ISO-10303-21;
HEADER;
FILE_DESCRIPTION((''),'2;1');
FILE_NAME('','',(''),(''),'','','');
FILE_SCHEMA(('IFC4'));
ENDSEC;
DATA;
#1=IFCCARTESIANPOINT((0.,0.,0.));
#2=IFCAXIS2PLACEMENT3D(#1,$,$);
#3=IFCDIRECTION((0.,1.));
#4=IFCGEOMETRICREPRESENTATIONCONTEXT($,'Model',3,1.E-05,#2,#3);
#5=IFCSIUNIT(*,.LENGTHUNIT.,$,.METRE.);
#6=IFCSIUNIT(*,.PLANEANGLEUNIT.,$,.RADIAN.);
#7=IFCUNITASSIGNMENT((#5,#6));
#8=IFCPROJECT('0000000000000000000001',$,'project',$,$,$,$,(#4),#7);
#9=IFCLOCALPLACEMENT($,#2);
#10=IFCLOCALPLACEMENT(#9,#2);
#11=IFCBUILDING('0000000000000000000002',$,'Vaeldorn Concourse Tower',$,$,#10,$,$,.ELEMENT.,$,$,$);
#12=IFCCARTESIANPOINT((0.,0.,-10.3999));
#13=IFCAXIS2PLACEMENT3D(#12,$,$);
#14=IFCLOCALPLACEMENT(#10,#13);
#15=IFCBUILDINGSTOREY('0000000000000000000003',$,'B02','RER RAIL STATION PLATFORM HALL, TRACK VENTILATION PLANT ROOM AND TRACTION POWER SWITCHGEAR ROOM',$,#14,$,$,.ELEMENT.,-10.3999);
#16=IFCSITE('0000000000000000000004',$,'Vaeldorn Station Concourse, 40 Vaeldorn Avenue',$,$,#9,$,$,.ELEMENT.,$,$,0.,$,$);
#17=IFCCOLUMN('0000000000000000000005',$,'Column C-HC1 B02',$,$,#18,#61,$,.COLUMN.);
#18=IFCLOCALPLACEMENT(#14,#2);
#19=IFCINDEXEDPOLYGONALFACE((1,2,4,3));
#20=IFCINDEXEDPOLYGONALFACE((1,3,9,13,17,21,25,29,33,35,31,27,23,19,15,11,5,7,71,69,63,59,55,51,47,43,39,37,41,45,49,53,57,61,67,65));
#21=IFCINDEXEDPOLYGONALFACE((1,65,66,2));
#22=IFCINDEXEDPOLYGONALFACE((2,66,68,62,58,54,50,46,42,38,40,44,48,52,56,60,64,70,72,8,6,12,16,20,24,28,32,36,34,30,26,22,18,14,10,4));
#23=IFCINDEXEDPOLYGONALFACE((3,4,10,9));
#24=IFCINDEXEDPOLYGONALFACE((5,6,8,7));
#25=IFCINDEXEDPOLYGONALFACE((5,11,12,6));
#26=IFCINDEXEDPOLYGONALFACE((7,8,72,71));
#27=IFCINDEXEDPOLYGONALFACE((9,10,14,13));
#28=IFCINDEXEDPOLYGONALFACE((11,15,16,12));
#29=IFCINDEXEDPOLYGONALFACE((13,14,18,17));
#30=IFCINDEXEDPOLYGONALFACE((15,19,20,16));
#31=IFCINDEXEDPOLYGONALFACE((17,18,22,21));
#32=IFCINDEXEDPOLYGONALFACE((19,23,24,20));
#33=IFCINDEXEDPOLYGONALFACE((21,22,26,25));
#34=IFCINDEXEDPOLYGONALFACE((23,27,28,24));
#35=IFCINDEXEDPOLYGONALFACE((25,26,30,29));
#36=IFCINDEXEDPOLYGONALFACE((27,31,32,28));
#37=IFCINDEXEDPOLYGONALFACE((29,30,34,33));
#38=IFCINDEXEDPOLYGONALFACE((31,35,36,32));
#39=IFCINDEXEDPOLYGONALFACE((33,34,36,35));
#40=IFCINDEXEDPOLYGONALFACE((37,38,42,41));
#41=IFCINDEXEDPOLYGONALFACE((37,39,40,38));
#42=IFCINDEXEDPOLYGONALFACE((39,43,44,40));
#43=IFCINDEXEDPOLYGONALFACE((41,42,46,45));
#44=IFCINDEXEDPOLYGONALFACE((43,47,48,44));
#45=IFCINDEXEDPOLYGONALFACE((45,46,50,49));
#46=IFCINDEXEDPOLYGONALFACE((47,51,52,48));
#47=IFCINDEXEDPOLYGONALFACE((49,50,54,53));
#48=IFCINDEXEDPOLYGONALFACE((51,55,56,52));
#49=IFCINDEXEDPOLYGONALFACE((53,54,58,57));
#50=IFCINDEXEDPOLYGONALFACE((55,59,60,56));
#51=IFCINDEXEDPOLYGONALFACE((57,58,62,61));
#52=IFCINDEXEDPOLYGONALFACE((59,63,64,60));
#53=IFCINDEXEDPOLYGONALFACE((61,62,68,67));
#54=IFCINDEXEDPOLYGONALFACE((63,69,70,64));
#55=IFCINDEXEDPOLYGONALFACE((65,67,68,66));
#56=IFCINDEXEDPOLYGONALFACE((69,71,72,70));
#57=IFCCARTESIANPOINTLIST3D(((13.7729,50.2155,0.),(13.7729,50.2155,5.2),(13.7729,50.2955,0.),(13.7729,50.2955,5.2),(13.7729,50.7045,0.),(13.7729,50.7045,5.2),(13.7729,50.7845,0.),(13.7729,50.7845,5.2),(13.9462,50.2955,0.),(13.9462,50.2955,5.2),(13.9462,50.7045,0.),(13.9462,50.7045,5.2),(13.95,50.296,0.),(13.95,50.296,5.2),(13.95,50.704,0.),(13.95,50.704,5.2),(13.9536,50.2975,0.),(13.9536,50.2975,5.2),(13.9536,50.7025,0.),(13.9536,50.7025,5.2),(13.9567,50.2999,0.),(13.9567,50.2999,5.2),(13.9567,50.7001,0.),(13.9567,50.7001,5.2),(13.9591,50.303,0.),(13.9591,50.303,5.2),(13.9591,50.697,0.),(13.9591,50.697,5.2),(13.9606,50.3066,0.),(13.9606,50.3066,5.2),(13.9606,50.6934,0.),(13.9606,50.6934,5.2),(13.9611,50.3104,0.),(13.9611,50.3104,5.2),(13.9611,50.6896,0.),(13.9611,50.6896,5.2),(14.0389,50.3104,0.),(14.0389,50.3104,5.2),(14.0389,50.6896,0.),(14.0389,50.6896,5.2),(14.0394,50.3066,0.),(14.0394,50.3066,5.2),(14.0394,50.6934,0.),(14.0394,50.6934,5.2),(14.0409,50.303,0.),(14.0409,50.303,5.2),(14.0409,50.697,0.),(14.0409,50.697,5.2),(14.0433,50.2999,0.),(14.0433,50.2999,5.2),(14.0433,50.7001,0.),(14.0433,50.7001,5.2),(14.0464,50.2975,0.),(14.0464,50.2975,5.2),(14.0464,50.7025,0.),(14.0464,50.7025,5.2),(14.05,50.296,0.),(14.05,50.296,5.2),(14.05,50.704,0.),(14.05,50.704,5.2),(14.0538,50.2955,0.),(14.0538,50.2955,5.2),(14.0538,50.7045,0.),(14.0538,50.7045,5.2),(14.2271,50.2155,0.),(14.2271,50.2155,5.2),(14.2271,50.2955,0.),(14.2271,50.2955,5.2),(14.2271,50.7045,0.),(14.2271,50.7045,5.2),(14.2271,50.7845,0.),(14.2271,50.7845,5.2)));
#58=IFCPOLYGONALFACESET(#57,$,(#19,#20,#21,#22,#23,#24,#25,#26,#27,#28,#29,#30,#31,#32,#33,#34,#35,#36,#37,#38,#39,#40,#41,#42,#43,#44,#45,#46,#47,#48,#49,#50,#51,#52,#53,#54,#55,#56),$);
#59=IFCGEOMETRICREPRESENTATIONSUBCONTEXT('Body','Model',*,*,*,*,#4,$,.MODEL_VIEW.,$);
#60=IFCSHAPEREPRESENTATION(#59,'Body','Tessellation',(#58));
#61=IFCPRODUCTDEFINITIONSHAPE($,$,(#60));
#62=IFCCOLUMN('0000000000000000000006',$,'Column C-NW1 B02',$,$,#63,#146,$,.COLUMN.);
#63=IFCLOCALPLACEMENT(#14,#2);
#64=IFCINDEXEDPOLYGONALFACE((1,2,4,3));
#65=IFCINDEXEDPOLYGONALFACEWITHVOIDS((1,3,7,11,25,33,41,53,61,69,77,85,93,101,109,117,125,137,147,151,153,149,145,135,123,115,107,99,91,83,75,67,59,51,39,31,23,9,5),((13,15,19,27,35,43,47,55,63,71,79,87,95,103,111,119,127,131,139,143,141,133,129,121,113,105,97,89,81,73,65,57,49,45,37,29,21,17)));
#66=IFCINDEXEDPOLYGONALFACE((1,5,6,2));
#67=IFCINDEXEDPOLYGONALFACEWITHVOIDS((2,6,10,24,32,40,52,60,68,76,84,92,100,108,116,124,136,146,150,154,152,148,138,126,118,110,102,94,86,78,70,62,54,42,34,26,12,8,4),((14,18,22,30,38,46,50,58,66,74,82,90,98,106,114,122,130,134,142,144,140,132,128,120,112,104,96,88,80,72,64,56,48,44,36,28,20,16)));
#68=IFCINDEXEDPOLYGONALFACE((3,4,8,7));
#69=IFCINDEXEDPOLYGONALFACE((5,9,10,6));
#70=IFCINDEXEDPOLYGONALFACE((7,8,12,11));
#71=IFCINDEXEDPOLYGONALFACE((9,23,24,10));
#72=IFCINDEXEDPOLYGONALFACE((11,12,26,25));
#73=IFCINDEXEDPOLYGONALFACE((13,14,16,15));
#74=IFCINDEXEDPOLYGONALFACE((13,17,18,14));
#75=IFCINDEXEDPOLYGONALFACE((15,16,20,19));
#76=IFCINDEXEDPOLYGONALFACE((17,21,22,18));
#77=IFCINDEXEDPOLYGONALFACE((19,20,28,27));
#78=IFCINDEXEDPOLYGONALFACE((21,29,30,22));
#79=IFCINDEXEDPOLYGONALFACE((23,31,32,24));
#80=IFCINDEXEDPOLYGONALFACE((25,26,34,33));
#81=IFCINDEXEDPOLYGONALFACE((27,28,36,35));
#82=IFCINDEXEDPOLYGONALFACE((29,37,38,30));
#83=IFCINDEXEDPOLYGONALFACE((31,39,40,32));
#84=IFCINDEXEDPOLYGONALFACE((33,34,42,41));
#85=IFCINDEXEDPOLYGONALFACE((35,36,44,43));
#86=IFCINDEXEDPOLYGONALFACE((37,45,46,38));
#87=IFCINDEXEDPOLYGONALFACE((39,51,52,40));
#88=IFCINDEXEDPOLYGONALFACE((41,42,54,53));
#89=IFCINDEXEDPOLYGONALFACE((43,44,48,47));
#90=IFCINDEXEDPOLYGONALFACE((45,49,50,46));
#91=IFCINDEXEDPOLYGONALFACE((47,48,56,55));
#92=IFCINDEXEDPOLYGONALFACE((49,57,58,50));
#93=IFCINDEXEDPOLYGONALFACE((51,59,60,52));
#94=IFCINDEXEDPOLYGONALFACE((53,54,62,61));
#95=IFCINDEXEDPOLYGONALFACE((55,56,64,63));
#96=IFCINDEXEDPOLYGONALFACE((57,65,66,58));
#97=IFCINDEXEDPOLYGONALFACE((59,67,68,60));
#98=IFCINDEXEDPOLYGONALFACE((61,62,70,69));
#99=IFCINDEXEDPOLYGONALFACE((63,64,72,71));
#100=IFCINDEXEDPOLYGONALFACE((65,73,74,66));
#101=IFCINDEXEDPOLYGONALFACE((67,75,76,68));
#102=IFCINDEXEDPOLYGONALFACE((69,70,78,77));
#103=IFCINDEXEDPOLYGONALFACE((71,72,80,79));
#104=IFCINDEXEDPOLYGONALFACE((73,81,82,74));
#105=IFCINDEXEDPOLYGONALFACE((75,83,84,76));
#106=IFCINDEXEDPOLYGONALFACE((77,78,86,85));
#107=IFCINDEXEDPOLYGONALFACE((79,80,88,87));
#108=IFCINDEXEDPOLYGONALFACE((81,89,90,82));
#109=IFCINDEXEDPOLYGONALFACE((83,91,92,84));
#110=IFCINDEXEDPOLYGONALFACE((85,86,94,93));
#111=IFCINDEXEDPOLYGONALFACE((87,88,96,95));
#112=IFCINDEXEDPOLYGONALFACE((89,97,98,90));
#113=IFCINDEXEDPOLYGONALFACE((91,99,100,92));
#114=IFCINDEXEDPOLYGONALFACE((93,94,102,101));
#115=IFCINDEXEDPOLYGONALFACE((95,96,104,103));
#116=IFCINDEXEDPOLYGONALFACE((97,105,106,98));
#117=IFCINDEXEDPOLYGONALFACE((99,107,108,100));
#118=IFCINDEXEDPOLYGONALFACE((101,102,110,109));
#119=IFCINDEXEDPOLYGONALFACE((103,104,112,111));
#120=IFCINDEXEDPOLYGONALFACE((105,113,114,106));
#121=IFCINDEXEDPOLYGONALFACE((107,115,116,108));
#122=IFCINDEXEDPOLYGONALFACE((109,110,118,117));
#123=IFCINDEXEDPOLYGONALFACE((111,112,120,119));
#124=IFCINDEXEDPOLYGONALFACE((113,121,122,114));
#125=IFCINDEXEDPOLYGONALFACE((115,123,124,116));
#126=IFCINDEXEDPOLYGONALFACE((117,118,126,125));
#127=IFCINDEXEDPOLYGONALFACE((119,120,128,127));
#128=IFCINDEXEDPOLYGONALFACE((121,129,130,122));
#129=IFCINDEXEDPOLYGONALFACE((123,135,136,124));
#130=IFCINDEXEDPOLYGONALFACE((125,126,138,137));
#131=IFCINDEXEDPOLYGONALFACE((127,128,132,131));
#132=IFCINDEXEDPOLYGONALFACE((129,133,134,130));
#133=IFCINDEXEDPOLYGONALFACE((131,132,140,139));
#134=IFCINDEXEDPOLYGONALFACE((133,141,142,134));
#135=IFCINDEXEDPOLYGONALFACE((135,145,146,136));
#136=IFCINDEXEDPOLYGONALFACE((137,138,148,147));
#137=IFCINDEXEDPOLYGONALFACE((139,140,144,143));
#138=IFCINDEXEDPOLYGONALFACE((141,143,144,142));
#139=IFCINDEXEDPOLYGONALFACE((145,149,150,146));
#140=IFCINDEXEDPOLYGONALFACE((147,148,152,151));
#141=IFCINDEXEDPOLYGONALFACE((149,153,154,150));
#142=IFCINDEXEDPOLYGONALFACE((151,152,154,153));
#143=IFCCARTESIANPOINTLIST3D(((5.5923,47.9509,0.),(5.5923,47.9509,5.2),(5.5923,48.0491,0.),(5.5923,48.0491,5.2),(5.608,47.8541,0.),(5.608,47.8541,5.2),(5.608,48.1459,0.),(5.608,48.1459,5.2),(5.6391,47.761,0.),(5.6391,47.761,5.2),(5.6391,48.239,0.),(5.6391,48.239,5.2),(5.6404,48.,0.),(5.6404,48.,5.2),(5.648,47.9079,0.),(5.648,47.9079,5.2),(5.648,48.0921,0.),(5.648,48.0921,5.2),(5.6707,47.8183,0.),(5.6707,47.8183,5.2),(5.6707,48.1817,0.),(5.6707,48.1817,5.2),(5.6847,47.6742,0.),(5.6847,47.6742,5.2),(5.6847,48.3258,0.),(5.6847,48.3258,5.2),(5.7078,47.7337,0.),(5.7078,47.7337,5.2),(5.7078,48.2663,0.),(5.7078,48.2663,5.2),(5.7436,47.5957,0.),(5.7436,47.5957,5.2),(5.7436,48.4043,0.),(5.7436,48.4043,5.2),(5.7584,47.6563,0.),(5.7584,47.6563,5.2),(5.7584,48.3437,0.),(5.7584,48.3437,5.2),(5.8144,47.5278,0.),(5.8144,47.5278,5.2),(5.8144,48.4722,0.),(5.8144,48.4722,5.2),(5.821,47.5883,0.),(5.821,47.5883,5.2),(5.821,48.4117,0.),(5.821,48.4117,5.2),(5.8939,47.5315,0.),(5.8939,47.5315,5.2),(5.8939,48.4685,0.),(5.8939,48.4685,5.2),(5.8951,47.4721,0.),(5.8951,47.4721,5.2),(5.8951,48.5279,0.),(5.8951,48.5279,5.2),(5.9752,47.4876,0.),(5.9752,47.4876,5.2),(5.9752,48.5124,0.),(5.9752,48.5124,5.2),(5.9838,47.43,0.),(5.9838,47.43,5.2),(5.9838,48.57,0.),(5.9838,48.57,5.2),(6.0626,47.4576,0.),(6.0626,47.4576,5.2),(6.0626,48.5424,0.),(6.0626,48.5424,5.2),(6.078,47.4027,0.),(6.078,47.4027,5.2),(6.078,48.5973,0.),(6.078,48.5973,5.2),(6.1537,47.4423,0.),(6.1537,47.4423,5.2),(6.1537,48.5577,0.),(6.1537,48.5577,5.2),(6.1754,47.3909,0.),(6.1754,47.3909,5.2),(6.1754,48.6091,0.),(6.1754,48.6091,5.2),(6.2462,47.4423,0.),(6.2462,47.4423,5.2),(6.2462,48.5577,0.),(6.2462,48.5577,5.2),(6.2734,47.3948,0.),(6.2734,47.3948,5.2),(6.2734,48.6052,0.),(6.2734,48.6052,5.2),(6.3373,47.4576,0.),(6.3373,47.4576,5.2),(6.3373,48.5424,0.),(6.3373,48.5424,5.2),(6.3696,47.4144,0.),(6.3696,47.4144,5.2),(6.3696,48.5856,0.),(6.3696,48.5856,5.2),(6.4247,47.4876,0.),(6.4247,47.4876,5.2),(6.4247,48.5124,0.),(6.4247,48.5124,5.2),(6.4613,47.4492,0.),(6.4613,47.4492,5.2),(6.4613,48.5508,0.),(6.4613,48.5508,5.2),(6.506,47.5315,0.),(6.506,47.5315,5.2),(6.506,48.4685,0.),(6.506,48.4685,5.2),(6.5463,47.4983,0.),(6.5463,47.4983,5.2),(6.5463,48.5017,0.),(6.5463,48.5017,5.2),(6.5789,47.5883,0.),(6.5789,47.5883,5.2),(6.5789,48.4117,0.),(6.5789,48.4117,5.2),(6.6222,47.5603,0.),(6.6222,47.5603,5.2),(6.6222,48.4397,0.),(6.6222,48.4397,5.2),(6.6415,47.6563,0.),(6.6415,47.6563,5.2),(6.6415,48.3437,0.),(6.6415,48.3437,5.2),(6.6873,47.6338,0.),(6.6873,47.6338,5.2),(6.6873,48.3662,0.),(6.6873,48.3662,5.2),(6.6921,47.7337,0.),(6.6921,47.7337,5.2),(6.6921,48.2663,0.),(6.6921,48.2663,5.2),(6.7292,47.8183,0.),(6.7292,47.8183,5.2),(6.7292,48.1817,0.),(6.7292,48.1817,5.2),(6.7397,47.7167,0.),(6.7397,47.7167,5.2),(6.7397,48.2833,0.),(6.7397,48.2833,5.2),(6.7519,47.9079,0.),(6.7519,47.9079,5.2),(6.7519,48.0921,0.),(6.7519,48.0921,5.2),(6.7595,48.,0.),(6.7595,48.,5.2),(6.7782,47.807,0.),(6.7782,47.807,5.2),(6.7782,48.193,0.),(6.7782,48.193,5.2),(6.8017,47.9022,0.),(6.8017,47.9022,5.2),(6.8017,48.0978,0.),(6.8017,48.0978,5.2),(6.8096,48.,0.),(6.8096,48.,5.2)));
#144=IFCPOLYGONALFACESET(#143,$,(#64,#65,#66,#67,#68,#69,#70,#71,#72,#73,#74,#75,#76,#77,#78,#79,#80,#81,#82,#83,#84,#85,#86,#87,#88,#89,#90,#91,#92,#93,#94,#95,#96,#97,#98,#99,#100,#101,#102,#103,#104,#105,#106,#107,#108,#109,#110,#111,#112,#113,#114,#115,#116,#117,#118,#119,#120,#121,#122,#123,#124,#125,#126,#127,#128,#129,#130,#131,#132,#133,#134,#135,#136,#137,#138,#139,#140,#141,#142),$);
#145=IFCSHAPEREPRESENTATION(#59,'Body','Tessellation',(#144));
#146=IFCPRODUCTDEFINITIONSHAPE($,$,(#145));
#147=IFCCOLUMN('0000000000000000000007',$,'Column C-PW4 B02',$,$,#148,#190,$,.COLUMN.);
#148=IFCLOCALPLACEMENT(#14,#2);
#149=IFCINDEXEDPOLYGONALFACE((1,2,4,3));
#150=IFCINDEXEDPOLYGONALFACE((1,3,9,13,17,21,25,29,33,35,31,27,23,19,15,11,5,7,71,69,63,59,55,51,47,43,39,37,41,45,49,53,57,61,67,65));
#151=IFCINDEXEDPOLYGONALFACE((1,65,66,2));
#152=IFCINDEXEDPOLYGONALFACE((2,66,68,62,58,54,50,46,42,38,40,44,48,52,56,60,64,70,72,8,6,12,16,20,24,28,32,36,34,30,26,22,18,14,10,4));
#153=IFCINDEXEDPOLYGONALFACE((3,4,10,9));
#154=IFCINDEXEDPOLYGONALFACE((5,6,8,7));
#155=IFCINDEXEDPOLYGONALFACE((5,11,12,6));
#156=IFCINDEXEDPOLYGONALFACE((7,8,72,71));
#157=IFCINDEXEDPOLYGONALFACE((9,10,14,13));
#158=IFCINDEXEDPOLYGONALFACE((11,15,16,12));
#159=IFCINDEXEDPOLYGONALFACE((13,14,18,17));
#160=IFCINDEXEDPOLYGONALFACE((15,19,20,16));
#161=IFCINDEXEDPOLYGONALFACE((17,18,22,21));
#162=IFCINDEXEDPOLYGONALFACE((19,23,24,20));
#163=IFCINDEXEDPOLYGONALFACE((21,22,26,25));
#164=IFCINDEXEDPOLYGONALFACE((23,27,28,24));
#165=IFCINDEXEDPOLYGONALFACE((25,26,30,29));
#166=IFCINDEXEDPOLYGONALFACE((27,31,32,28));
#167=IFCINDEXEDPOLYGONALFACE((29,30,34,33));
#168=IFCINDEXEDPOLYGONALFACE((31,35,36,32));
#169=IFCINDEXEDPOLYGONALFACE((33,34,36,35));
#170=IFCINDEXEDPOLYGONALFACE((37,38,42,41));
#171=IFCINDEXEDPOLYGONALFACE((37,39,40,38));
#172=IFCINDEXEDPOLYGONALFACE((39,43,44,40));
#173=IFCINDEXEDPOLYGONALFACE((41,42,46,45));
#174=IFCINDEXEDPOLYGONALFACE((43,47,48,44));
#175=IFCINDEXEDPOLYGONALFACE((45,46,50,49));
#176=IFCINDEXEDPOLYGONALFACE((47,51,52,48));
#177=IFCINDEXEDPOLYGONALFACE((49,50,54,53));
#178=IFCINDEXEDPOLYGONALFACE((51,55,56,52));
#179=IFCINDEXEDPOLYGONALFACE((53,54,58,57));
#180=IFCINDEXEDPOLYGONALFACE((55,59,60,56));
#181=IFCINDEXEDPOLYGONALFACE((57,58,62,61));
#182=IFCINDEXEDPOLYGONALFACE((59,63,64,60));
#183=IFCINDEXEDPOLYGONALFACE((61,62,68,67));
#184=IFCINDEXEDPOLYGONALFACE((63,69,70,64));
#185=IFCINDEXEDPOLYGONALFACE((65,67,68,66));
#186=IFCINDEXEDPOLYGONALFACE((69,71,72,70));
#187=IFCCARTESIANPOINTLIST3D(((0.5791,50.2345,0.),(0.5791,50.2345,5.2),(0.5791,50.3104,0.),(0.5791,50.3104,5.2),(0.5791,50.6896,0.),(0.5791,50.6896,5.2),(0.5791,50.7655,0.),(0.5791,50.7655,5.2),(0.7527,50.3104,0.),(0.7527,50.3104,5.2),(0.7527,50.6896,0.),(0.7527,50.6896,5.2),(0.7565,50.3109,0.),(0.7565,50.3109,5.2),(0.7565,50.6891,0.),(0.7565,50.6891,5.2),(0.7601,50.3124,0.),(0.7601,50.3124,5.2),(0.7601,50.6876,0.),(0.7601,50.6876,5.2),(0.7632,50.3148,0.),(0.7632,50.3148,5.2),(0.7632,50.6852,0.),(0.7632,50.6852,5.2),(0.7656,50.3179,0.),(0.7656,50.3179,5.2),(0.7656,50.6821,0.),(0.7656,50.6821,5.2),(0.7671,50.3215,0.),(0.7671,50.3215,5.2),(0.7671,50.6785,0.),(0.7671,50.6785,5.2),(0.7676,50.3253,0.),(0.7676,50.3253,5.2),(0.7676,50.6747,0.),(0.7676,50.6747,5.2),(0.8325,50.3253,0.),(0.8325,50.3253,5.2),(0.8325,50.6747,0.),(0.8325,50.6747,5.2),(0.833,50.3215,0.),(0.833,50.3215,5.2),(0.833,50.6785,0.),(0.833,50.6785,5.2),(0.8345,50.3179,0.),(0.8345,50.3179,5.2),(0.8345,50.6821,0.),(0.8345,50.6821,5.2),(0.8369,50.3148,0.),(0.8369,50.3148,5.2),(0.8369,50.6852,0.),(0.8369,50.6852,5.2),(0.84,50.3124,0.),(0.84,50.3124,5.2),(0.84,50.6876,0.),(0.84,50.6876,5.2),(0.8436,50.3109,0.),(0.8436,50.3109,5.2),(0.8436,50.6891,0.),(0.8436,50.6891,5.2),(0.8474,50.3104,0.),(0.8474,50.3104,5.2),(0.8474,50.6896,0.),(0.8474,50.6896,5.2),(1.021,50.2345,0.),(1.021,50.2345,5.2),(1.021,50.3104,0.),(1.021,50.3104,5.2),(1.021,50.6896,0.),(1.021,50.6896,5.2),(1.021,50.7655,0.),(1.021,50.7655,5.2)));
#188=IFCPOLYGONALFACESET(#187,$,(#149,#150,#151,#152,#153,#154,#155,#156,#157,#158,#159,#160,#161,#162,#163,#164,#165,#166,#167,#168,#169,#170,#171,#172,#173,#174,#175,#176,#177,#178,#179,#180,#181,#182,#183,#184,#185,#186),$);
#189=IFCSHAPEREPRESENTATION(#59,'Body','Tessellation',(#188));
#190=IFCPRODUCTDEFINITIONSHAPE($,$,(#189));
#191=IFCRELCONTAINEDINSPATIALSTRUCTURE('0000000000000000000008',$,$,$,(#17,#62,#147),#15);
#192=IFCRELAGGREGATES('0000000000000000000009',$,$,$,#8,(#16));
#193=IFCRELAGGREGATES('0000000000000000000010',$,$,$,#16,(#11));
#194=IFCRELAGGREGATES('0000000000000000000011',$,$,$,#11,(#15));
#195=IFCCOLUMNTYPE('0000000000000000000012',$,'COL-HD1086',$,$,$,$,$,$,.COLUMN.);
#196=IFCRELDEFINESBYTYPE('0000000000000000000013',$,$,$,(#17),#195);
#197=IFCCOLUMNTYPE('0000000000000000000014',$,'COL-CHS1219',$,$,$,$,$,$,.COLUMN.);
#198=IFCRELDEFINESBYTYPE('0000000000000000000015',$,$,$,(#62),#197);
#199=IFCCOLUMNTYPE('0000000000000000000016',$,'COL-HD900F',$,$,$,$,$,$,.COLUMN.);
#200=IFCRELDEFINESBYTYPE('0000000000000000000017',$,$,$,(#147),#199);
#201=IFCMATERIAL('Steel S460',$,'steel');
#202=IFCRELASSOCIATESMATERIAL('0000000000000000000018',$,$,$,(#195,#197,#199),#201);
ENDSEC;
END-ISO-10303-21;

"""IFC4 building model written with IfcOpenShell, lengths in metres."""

from ifc_helpers import new_model, si_unit, direction, frame, origin, origin_2d, place, context, subcontext, project, spatial, hollow_circle, i_section, extrude, source, transform, mapped, material, material_profile, profile_set, type_object, element, save


model = new_model("IFC4")

# Units and contexts
model_context = context("Model", 3, precision=1e-05, world=origin(), true_north=direction((0.0, 1.0)))
body_context = subcontext(model_context, "Body", "Model", "MODEL_VIEW")
ifc_project = project(units=[si_unit("LENGTHUNIT", "METRE"), si_unit("PLANEANGLEUNIT", "RADIAN")], contexts=[model_context])

# Site, building, storey
site_placement = place(None, origin())
site = spatial("IfcSite", under=ifc_project, at=site_placement, Name="Vaeldorn Station Concourse, 40 Vaeldorn Avenue", CompositionType="ELEMENT", RefElevation=0.0)
building_placement = place(site_placement, origin())
building = spatial("IfcBuilding", under=site, at=building_placement, Name="Vaeldorn Concourse Tower", CompositionType="ELEMENT")
storey_placement = place(building_placement, frame((0.0, 0.0, -10.3999)))
storey = spatial("IfcBuildingStorey", under=building, at=storey_placement, Name="B02", Description="RER RAIL STATION PLATFORM HALL, TRACK VENTILATION PLANT ROOM AND TRACTION POWER SWITCHGEAR ROOM", CompositionType="ELEMENT", Elevation=-10.3999)

# Columns
ifc_material_1 = material(Name="Steel S460", Category="steel")
ifc_material_profile_1 = material_profile(ifc_material_1, i_section(OverallWidth=0.4541, OverallDepth=0.5691, WebThickness=0.0779, FlangeThickness=0.0801, FilletRadius=0.0149, at=origin_2d()), Name="HD 400x1086")
ifc_profile_set_1 = profile_set([ifc_material_profile_1], Name="Steel S460")
column_type_1 = type_object("IfcColumnType", Name="COL-HD1086", PredefinedType="COLUMN", material=ifc_profile_set_1)
shared_shape_1 = source(origin(), body_context, "Body", "SweptSolid", [
    extrude(i_section(OverallWidth=0.4541, OverallDepth=0.5691, WebThickness=0.0779, FlangeThickness=0.0801, FilletRadius=0.0149, at=origin_2d()), origin(), (0.0, 0.0, 1.0), 5.2),
])
column_1_placement = place(storey_placement, frame((14.0, 50.5, 0.0), z_axis=(0.0, 0.0, 1.0), x_axis=(1.0, 0.0, 0.0)))
element("IfcColumn", 1, at=column_1_placement, inside=storey, type_object=column_type_1, Name="Column C-HC1 B02", PredefinedType="COLUMN", context=body_context, shape_type="MappedRepresentation", body=[
    mapped(shared_shape_1, transform((0.0, 0.0, 0.0), scale=1.0)),
])
ifc_material_profile_2 = material_profile(ifc_material_1, hollow_circle(Radius=0.6096, WallThickness=0.05, at=origin_2d()), Name="CHS 1219x50")
ifc_profile_set_2 = profile_set([ifc_material_profile_2], Name="Steel S460")
column_type_2 = type_object("IfcColumnType", Name="COL-CHS1219", PredefinedType="COLUMN", material=ifc_profile_set_2)
shared_shape_2 = source(origin(), body_context, "Body", "SweptSolid", [
    extrude(hollow_circle(Radius=0.6096, WallThickness=0.05, at=origin_2d()), origin(), (0.0, 0.0, 1.0), 5.2),
])
column_2_placement = place(storey_placement, frame((6.2, 48.0, 0.0), z_axis=(0.0, 0.0, 1.0), x_axis=(1.0, 0.0, 0.0)))
element("IfcColumn", 2, at=column_2_placement, inside=storey, type_object=column_type_2, Name="Column C-NW1 B02", PredefinedType="COLUMN", context=body_context, shape_type="MappedRepresentation", body=[
    mapped(shared_shape_2, transform((0.0, 0.0, 0.0), scale=1.0)),
])
ifc_material_profile_3 = material_profile(ifc_material_1, i_section(OverallWidth=0.4419, OverallDepth=0.531, WebThickness=0.0649, FlangeThickness=0.0759, FilletRadius=0.0149, at=origin_2d()), Name="HD 400x900")
ifc_profile_set_3 = profile_set([ifc_material_profile_3], Name="Steel S460")
column_type_3 = type_object("IfcColumnType", Name="COL-HD900F", PredefinedType="COLUMN", material=ifc_profile_set_3)
shared_shape_3 = source(origin(), body_context, "Body", "SweptSolid", [
    extrude(i_section(OverallWidth=0.4419, OverallDepth=0.531, WebThickness=0.0649, FlangeThickness=0.0759, FilletRadius=0.0149, at=origin_2d()), origin(), (0.0, 0.0, 1.0), 5.2),
])
column_3_placement = place(storey_placement, frame((0.8, 50.5, 0.0), z_axis=(0.0, 0.0, 1.0), x_axis=(1.0, 0.0, 0.0)))
element("IfcColumn", 3, at=column_3_placement, inside=storey, type_object=column_type_3, Name="Column C-PW4 B02", PredefinedType="COLUMN", context=body_context, shape_type="MappedRepresentation", body=[
    mapped(shared_shape_3, transform((0.0, 0.0, 0.0), scale=1.0)),
])

save(model, "model.ifc")
